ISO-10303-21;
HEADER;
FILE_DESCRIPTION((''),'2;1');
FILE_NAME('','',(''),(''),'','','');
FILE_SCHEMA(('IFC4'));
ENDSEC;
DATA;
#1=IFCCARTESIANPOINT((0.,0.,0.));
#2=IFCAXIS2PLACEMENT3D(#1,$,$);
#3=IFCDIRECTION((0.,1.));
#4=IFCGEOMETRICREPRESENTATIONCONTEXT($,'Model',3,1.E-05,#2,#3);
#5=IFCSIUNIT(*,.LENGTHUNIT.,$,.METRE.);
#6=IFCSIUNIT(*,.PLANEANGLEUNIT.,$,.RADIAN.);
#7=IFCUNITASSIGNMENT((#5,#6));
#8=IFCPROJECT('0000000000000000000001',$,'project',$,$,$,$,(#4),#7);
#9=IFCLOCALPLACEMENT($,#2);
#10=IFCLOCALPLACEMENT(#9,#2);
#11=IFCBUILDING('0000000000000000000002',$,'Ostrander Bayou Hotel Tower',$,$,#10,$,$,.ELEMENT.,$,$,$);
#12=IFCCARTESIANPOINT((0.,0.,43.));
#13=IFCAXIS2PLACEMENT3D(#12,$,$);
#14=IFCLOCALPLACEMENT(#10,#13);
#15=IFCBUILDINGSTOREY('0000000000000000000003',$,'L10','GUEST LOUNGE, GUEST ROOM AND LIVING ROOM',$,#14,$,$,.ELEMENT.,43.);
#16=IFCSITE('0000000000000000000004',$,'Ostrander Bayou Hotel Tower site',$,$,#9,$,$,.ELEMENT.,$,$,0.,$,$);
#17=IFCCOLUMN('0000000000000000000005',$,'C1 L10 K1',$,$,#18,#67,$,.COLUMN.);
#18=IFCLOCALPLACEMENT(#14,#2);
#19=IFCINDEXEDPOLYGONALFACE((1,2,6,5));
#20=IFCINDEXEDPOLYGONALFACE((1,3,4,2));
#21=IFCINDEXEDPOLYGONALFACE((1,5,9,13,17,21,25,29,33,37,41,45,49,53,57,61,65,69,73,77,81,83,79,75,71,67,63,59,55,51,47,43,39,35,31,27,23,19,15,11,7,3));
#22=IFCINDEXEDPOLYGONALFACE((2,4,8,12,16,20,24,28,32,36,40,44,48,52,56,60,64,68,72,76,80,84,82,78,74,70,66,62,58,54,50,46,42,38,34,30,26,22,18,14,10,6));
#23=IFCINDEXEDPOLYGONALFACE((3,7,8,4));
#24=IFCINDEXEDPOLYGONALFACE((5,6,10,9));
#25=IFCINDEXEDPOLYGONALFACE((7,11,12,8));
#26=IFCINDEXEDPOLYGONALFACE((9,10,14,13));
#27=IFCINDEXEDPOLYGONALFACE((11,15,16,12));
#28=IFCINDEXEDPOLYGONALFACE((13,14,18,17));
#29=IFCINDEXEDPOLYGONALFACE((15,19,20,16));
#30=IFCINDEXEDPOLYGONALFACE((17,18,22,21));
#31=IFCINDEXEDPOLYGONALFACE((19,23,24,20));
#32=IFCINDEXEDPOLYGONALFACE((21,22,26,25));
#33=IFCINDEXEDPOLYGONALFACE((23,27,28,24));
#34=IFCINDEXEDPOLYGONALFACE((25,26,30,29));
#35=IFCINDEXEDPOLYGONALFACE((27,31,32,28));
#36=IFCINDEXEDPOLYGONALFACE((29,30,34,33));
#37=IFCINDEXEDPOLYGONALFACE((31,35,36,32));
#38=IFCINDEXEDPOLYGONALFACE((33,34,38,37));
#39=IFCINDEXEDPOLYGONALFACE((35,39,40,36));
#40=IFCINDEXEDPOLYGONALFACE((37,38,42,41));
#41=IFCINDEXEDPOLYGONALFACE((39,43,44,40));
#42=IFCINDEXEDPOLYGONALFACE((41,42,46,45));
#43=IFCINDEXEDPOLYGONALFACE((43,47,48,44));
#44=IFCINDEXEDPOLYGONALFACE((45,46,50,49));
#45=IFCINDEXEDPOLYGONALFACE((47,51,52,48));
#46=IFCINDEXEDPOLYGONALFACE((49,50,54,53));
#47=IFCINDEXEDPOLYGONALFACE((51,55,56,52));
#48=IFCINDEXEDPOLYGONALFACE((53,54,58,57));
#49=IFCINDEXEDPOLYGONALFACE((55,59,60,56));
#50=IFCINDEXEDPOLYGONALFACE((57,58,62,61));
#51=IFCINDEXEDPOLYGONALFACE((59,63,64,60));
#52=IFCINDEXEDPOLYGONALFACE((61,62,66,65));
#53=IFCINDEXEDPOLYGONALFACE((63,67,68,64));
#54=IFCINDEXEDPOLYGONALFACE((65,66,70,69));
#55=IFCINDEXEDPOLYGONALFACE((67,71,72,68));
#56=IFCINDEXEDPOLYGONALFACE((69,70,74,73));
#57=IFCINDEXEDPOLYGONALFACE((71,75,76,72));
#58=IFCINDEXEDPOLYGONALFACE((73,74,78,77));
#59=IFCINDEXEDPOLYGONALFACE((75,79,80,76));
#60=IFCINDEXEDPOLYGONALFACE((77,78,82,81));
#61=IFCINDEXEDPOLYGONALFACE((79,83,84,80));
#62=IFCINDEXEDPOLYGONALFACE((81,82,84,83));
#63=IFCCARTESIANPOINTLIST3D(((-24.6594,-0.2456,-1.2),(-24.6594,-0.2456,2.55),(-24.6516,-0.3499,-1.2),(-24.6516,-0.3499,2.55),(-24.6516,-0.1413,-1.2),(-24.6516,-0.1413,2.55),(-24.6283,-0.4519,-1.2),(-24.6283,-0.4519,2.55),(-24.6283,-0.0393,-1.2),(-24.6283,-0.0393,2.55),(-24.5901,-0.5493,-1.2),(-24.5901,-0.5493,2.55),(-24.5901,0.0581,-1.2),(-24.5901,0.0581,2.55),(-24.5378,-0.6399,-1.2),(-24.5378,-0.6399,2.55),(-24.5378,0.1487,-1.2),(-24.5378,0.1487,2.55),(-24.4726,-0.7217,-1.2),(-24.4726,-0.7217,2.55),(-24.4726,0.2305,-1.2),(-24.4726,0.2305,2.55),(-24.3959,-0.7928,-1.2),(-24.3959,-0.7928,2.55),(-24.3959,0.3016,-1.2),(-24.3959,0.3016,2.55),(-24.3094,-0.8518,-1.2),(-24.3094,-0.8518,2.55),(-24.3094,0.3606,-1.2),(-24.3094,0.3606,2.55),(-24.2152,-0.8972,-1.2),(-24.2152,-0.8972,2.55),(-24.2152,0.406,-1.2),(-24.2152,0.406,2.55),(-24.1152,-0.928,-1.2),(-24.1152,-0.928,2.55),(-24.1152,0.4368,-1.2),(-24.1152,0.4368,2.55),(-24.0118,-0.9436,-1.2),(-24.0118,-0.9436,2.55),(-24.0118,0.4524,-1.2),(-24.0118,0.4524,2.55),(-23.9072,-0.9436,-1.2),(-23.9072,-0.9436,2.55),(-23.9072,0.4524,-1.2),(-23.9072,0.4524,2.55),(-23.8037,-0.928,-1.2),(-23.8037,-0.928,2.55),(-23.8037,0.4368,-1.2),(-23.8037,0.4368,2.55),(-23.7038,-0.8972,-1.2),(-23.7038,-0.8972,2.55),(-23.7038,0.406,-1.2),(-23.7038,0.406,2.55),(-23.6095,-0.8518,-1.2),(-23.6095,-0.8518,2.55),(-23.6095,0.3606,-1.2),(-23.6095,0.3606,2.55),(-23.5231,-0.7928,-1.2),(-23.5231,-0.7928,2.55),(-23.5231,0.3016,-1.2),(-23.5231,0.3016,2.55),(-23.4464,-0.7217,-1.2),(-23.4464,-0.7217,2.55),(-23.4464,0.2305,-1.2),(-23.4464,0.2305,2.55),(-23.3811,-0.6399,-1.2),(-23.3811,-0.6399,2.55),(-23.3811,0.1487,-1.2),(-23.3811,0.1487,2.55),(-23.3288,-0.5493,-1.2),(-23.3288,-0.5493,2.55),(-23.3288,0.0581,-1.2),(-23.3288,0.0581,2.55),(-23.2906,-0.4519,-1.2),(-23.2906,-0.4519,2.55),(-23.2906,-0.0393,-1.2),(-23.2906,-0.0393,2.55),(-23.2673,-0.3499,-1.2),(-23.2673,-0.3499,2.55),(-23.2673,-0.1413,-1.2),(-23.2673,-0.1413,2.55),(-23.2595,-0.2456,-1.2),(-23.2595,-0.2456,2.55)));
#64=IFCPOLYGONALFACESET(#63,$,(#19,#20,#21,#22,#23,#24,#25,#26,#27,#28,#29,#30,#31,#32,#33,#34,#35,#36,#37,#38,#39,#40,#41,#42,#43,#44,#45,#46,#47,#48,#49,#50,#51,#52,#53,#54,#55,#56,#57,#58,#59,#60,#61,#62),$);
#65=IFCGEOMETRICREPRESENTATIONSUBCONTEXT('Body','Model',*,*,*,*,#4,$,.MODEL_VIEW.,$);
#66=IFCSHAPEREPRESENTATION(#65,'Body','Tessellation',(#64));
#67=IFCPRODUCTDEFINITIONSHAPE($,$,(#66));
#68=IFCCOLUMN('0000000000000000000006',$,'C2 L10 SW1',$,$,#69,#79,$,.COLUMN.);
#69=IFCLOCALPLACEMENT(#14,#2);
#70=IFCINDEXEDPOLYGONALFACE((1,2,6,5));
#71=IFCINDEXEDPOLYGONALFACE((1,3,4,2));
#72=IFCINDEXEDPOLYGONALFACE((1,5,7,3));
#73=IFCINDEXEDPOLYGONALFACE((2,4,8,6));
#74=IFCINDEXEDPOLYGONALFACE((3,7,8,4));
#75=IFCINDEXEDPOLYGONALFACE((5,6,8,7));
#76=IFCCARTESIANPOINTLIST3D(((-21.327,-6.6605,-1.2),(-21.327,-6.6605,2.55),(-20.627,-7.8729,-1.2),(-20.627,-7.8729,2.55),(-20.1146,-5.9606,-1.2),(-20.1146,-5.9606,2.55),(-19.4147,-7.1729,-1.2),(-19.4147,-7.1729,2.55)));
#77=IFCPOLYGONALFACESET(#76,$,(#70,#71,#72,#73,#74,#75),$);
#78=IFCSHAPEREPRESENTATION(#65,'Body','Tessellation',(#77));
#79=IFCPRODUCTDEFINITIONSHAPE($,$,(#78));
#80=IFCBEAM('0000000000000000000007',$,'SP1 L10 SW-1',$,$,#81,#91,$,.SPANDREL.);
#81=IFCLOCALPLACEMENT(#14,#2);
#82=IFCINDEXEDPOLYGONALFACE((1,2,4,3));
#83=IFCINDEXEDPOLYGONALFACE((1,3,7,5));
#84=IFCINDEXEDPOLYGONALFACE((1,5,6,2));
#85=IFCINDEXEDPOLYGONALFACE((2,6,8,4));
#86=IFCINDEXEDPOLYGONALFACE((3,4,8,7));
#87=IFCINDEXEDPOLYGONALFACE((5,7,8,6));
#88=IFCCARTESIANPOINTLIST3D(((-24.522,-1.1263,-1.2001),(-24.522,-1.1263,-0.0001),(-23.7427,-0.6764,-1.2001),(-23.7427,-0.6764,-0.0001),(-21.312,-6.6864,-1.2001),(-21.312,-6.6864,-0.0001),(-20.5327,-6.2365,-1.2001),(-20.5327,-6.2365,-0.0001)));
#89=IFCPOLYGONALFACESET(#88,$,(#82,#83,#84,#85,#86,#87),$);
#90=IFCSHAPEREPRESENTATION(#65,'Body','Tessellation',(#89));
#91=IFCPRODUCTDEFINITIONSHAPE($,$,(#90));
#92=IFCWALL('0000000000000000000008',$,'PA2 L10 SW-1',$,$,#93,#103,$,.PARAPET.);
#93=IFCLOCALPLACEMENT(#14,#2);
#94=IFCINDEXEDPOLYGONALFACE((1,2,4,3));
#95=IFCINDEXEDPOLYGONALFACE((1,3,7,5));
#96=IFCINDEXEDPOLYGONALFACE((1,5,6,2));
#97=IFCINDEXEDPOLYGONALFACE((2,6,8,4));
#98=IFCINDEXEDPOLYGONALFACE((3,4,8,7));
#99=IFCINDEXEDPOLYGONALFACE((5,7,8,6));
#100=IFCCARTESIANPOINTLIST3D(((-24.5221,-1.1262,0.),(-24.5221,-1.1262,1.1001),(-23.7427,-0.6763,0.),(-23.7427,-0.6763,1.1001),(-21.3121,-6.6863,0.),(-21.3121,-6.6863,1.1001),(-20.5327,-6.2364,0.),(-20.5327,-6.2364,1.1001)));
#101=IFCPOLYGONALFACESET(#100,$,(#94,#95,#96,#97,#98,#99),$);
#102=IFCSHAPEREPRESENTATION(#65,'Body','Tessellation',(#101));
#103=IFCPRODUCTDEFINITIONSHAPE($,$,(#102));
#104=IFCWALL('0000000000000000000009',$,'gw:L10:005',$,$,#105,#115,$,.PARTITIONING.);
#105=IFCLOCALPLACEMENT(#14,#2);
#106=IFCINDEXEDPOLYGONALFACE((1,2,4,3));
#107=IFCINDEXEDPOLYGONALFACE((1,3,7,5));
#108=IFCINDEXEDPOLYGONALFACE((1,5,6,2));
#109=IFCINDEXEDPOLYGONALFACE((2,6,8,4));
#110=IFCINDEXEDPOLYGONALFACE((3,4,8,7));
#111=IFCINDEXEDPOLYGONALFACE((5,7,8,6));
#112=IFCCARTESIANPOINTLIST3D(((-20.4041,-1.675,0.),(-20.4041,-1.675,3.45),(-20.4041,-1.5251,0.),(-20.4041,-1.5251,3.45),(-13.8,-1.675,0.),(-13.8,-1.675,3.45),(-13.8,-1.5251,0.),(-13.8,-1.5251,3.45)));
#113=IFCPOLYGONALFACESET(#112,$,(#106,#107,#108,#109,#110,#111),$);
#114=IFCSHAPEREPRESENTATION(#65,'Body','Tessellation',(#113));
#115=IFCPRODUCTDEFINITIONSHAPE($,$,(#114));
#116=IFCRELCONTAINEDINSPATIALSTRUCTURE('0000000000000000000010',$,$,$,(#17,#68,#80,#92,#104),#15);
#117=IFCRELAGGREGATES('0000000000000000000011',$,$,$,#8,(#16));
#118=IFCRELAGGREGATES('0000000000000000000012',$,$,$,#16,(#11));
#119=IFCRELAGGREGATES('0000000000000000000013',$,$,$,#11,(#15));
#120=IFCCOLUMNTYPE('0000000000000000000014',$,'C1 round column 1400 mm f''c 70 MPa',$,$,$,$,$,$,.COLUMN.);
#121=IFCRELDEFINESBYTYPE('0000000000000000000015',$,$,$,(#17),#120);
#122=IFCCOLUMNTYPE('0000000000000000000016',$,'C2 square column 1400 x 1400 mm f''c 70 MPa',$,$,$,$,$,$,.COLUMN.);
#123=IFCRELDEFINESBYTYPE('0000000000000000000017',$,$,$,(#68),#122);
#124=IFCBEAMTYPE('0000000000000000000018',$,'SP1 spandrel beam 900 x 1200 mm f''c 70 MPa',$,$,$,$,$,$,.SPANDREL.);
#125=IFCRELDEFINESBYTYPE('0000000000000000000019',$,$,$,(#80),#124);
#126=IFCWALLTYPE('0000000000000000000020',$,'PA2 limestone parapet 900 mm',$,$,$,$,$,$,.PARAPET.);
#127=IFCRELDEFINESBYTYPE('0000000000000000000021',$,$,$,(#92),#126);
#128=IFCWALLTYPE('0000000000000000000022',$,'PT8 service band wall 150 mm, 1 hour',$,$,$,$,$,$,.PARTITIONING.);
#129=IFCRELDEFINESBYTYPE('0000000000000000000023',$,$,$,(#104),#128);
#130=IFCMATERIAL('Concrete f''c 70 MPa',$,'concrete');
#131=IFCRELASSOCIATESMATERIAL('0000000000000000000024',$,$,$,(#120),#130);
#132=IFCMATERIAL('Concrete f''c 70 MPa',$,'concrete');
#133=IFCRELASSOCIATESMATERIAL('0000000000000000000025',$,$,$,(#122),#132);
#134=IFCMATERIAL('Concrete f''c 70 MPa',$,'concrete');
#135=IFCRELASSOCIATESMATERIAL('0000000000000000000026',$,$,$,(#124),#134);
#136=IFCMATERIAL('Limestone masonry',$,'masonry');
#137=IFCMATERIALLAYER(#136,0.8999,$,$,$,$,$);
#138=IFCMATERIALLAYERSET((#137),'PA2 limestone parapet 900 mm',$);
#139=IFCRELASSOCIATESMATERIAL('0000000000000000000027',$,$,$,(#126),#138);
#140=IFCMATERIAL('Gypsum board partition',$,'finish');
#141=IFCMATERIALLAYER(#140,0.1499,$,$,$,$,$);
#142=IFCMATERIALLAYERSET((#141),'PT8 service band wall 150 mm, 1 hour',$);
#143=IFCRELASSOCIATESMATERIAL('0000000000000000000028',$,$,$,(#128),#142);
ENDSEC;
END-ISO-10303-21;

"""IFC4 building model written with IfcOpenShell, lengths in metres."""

from ifc_helpers import new_model, si_unit, direction, frame, frame_2d, origin, origin_2d, place, context, subcontext, project, spatial, rectangle, circle, extrude, material, layer, layer_set, material_profile, profile_set, type_object, element, save


model = new_model("IFC4")

# Units and contexts
model_context = context("Model", 3, precision=1e-05, world=origin(), true_north=direction((0.0, 1.0)))
body_context = subcontext(model_context, "Body", "Model", "MODEL_VIEW")
ifc_project = project(units=[si_unit("LENGTHUNIT", "METRE"), si_unit("PLANEANGLEUNIT", "RADIAN")], contexts=[model_context])

# Site, building, storey
site_placement = place(None, origin())
site = spatial("IfcSite", under=ifc_project, at=site_placement, Name="Ostrander Bayou Hotel Tower site", CompositionType="ELEMENT", RefElevation=0.0)
building_placement = place(site_placement, origin())
building = spatial("IfcBuilding", under=site, at=building_placement, Name="Ostrander Bayou Hotel Tower", CompositionType="ELEMENT")
storey_placement = place(building_placement, frame((0.0, 0.0, 43.0)))
storey = spatial("IfcBuildingStorey", under=building, at=storey_placement, Name="L10", Description="GUEST LOUNGE, GUEST ROOM AND LIVING ROOM", CompositionType="ELEMENT", Elevation=43.0)

# Columns
ifc_material_1 = material(Name="Concrete f'c 70 MPa", Category="concrete")
ifc_material_profile_1 = material_profile(ifc_material_1, circle(Radius=0.7, at=origin_2d()))
ifc_profile_set_1 = profile_set([ifc_material_profile_1], Name="Concrete f'c 70 MPa")
column_type_1 = type_object("IfcColumnType", Name="C1 round column 1400 mm f'c 70 MPa", PredefinedType="COLUMN", material=ifc_profile_set_1)
column_1_placement = place(storey_placement, frame((-23.9595, -0.2456, -1.2), z_axis=(0.0, 0.0, 1.0), x_axis=(1.0, 0.0, 0.0)))
element("IfcColumn", 1, at=column_1_placement, inside=storey, type_object=column_type_1, Name="C1 L10 K1", PredefinedType="COLUMN", context=body_context, shape_type="SweptSolid", body=[
    extrude(circle(Radius=0.7, at=origin_2d()), origin(), (0.0, 0.0, 1.0), 3.75),
])
ifc_material_2 = material(Name="Concrete f'c 70 MPa", Category="concrete")
ifc_material_profile_2 = material_profile(ifc_material_2, rectangle(XDim=1.3999, YDim=1.3999, at=origin_2d()))
ifc_profile_set_2 = profile_set([ifc_material_profile_2], Name="Concrete f'c 70 MPa")
column_type_2 = type_object("IfcColumnType", Name="C2 square column 1400 x 1400 mm f'c 70 MPa", PredefinedType="COLUMN", material=ifc_profile_set_2)
column_2_placement = place(storey_placement, frame((-20.3708, -6.9167, -1.2), z_axis=(0.0, 0.0, 1.0), x_axis=(-0.5, 0.866025, 0.0)))
element("IfcColumn", 2, at=column_2_placement, inside=storey, type_object=column_type_2, Name="C2 L10 SW1", PredefinedType="COLUMN", context=body_context, shape_type="SweptSolid", body=[
    extrude(rectangle(XDim=1.3999, YDim=1.3999, at=origin_2d()), origin(), (0.0, 0.0, 1.0), 3.75),
])

# Beam
ifc_material_3 = material(Name="Concrete f'c 70 MPa", Category="concrete")
ifc_material_profile_3 = material_profile(ifc_material_3, rectangle(XDim=0.8999, YDim=1.2, at=origin_2d()))
ifc_profile_set_3 = profile_set([ifc_material_profile_3], Name="Concrete f'c 70 MPa")
beam_type = type_object("IfcBeamType", Name="SP1 spandrel beam 900 x 1200 mm f'c 70 MPa", PredefinedType="SPANDREL", material=ifc_profile_set_3)
beam_placement = place(storey_placement, frame((-24.1323, -0.9014, -0.6001), z_axis=(0.499984, -0.866035, 0.0), x_axis=(0.866035, 0.499984, 0.0)))
element("IfcBeam", 3, at=beam_placement, inside=storey, type_object=beam_type, Name="SP1 L10 SW-1", PredefinedType="SPANDREL", context=body_context, shape_type="SweptSolid", body=[
    extrude(rectangle(XDim=0.8999, YDim=1.2, at=origin_2d()), origin(), (0.0, 0.0, 1.0), 6.4202),
])

# Walls
ifc_material_4 = material(Name="Limestone masonry", Category="masonry")
ifc_layer_1 = layer(ifc_material_4, 0.8999)
ifc_layer_set_1 = layer_set([ifc_layer_1], Name="PA2 limestone parapet 900 mm")
wall_type_1 = type_object("IfcWallType", Name="PA2 limestone parapet 900 mm", PredefinedType="PARAPET", material=ifc_layer_set_1)
wall_1_placement = place(storey_placement, frame((-24.1323, -0.9014, 0.0), z_axis=(0.0, 0.0, 1.0), x_axis=(0.499984, -0.866035, 0.0)))
element("IfcWall", 4, at=wall_1_placement, inside=storey, type_object=wall_type_1, Name="PA2 L10 SW-1", PredefinedType="PARAPET", context=body_context, shape_type="SweptSolid", body=[
    extrude(rectangle(XDim=6.4202, YDim=0.8999, at=frame_2d((3.21, 0.0))), origin(), (0.0, 0.0, 1.0), 1.1001),
])
ifc_material_5 = material(Name="Gypsum board partition", Category="finish")
ifc_layer_2 = layer(ifc_material_5, 0.1499)
ifc_layer_set_2 = layer_set([ifc_layer_2], Name="PT8 service band wall 150 mm, 1 hour")
wall_type_2 = type_object("IfcWallType", Name="PT8 service band wall 150 mm, 1 hour", PredefinedType="PARTITIONING", material=ifc_layer_set_2)
wall_2_placement = place(storey_placement, frame((-20.4041, -1.6001, 0.0), z_axis=(0.0, 0.0, 1.0), x_axis=(1.0, 0.0, 0.0)))
element("IfcWall", 5, at=wall_2_placement, inside=storey, type_object=wall_type_2, Name="gw:L10:005", PredefinedType="PARTITIONING", context=body_context, shape_type="SweptSolid", body=[
    extrude(rectangle(XDim=6.604, YDim=0.1499, at=frame_2d((3.302, 0.0))), origin(), (0.0, 0.0, 1.0), 3.45),
])

save(model, "model.ifc")
